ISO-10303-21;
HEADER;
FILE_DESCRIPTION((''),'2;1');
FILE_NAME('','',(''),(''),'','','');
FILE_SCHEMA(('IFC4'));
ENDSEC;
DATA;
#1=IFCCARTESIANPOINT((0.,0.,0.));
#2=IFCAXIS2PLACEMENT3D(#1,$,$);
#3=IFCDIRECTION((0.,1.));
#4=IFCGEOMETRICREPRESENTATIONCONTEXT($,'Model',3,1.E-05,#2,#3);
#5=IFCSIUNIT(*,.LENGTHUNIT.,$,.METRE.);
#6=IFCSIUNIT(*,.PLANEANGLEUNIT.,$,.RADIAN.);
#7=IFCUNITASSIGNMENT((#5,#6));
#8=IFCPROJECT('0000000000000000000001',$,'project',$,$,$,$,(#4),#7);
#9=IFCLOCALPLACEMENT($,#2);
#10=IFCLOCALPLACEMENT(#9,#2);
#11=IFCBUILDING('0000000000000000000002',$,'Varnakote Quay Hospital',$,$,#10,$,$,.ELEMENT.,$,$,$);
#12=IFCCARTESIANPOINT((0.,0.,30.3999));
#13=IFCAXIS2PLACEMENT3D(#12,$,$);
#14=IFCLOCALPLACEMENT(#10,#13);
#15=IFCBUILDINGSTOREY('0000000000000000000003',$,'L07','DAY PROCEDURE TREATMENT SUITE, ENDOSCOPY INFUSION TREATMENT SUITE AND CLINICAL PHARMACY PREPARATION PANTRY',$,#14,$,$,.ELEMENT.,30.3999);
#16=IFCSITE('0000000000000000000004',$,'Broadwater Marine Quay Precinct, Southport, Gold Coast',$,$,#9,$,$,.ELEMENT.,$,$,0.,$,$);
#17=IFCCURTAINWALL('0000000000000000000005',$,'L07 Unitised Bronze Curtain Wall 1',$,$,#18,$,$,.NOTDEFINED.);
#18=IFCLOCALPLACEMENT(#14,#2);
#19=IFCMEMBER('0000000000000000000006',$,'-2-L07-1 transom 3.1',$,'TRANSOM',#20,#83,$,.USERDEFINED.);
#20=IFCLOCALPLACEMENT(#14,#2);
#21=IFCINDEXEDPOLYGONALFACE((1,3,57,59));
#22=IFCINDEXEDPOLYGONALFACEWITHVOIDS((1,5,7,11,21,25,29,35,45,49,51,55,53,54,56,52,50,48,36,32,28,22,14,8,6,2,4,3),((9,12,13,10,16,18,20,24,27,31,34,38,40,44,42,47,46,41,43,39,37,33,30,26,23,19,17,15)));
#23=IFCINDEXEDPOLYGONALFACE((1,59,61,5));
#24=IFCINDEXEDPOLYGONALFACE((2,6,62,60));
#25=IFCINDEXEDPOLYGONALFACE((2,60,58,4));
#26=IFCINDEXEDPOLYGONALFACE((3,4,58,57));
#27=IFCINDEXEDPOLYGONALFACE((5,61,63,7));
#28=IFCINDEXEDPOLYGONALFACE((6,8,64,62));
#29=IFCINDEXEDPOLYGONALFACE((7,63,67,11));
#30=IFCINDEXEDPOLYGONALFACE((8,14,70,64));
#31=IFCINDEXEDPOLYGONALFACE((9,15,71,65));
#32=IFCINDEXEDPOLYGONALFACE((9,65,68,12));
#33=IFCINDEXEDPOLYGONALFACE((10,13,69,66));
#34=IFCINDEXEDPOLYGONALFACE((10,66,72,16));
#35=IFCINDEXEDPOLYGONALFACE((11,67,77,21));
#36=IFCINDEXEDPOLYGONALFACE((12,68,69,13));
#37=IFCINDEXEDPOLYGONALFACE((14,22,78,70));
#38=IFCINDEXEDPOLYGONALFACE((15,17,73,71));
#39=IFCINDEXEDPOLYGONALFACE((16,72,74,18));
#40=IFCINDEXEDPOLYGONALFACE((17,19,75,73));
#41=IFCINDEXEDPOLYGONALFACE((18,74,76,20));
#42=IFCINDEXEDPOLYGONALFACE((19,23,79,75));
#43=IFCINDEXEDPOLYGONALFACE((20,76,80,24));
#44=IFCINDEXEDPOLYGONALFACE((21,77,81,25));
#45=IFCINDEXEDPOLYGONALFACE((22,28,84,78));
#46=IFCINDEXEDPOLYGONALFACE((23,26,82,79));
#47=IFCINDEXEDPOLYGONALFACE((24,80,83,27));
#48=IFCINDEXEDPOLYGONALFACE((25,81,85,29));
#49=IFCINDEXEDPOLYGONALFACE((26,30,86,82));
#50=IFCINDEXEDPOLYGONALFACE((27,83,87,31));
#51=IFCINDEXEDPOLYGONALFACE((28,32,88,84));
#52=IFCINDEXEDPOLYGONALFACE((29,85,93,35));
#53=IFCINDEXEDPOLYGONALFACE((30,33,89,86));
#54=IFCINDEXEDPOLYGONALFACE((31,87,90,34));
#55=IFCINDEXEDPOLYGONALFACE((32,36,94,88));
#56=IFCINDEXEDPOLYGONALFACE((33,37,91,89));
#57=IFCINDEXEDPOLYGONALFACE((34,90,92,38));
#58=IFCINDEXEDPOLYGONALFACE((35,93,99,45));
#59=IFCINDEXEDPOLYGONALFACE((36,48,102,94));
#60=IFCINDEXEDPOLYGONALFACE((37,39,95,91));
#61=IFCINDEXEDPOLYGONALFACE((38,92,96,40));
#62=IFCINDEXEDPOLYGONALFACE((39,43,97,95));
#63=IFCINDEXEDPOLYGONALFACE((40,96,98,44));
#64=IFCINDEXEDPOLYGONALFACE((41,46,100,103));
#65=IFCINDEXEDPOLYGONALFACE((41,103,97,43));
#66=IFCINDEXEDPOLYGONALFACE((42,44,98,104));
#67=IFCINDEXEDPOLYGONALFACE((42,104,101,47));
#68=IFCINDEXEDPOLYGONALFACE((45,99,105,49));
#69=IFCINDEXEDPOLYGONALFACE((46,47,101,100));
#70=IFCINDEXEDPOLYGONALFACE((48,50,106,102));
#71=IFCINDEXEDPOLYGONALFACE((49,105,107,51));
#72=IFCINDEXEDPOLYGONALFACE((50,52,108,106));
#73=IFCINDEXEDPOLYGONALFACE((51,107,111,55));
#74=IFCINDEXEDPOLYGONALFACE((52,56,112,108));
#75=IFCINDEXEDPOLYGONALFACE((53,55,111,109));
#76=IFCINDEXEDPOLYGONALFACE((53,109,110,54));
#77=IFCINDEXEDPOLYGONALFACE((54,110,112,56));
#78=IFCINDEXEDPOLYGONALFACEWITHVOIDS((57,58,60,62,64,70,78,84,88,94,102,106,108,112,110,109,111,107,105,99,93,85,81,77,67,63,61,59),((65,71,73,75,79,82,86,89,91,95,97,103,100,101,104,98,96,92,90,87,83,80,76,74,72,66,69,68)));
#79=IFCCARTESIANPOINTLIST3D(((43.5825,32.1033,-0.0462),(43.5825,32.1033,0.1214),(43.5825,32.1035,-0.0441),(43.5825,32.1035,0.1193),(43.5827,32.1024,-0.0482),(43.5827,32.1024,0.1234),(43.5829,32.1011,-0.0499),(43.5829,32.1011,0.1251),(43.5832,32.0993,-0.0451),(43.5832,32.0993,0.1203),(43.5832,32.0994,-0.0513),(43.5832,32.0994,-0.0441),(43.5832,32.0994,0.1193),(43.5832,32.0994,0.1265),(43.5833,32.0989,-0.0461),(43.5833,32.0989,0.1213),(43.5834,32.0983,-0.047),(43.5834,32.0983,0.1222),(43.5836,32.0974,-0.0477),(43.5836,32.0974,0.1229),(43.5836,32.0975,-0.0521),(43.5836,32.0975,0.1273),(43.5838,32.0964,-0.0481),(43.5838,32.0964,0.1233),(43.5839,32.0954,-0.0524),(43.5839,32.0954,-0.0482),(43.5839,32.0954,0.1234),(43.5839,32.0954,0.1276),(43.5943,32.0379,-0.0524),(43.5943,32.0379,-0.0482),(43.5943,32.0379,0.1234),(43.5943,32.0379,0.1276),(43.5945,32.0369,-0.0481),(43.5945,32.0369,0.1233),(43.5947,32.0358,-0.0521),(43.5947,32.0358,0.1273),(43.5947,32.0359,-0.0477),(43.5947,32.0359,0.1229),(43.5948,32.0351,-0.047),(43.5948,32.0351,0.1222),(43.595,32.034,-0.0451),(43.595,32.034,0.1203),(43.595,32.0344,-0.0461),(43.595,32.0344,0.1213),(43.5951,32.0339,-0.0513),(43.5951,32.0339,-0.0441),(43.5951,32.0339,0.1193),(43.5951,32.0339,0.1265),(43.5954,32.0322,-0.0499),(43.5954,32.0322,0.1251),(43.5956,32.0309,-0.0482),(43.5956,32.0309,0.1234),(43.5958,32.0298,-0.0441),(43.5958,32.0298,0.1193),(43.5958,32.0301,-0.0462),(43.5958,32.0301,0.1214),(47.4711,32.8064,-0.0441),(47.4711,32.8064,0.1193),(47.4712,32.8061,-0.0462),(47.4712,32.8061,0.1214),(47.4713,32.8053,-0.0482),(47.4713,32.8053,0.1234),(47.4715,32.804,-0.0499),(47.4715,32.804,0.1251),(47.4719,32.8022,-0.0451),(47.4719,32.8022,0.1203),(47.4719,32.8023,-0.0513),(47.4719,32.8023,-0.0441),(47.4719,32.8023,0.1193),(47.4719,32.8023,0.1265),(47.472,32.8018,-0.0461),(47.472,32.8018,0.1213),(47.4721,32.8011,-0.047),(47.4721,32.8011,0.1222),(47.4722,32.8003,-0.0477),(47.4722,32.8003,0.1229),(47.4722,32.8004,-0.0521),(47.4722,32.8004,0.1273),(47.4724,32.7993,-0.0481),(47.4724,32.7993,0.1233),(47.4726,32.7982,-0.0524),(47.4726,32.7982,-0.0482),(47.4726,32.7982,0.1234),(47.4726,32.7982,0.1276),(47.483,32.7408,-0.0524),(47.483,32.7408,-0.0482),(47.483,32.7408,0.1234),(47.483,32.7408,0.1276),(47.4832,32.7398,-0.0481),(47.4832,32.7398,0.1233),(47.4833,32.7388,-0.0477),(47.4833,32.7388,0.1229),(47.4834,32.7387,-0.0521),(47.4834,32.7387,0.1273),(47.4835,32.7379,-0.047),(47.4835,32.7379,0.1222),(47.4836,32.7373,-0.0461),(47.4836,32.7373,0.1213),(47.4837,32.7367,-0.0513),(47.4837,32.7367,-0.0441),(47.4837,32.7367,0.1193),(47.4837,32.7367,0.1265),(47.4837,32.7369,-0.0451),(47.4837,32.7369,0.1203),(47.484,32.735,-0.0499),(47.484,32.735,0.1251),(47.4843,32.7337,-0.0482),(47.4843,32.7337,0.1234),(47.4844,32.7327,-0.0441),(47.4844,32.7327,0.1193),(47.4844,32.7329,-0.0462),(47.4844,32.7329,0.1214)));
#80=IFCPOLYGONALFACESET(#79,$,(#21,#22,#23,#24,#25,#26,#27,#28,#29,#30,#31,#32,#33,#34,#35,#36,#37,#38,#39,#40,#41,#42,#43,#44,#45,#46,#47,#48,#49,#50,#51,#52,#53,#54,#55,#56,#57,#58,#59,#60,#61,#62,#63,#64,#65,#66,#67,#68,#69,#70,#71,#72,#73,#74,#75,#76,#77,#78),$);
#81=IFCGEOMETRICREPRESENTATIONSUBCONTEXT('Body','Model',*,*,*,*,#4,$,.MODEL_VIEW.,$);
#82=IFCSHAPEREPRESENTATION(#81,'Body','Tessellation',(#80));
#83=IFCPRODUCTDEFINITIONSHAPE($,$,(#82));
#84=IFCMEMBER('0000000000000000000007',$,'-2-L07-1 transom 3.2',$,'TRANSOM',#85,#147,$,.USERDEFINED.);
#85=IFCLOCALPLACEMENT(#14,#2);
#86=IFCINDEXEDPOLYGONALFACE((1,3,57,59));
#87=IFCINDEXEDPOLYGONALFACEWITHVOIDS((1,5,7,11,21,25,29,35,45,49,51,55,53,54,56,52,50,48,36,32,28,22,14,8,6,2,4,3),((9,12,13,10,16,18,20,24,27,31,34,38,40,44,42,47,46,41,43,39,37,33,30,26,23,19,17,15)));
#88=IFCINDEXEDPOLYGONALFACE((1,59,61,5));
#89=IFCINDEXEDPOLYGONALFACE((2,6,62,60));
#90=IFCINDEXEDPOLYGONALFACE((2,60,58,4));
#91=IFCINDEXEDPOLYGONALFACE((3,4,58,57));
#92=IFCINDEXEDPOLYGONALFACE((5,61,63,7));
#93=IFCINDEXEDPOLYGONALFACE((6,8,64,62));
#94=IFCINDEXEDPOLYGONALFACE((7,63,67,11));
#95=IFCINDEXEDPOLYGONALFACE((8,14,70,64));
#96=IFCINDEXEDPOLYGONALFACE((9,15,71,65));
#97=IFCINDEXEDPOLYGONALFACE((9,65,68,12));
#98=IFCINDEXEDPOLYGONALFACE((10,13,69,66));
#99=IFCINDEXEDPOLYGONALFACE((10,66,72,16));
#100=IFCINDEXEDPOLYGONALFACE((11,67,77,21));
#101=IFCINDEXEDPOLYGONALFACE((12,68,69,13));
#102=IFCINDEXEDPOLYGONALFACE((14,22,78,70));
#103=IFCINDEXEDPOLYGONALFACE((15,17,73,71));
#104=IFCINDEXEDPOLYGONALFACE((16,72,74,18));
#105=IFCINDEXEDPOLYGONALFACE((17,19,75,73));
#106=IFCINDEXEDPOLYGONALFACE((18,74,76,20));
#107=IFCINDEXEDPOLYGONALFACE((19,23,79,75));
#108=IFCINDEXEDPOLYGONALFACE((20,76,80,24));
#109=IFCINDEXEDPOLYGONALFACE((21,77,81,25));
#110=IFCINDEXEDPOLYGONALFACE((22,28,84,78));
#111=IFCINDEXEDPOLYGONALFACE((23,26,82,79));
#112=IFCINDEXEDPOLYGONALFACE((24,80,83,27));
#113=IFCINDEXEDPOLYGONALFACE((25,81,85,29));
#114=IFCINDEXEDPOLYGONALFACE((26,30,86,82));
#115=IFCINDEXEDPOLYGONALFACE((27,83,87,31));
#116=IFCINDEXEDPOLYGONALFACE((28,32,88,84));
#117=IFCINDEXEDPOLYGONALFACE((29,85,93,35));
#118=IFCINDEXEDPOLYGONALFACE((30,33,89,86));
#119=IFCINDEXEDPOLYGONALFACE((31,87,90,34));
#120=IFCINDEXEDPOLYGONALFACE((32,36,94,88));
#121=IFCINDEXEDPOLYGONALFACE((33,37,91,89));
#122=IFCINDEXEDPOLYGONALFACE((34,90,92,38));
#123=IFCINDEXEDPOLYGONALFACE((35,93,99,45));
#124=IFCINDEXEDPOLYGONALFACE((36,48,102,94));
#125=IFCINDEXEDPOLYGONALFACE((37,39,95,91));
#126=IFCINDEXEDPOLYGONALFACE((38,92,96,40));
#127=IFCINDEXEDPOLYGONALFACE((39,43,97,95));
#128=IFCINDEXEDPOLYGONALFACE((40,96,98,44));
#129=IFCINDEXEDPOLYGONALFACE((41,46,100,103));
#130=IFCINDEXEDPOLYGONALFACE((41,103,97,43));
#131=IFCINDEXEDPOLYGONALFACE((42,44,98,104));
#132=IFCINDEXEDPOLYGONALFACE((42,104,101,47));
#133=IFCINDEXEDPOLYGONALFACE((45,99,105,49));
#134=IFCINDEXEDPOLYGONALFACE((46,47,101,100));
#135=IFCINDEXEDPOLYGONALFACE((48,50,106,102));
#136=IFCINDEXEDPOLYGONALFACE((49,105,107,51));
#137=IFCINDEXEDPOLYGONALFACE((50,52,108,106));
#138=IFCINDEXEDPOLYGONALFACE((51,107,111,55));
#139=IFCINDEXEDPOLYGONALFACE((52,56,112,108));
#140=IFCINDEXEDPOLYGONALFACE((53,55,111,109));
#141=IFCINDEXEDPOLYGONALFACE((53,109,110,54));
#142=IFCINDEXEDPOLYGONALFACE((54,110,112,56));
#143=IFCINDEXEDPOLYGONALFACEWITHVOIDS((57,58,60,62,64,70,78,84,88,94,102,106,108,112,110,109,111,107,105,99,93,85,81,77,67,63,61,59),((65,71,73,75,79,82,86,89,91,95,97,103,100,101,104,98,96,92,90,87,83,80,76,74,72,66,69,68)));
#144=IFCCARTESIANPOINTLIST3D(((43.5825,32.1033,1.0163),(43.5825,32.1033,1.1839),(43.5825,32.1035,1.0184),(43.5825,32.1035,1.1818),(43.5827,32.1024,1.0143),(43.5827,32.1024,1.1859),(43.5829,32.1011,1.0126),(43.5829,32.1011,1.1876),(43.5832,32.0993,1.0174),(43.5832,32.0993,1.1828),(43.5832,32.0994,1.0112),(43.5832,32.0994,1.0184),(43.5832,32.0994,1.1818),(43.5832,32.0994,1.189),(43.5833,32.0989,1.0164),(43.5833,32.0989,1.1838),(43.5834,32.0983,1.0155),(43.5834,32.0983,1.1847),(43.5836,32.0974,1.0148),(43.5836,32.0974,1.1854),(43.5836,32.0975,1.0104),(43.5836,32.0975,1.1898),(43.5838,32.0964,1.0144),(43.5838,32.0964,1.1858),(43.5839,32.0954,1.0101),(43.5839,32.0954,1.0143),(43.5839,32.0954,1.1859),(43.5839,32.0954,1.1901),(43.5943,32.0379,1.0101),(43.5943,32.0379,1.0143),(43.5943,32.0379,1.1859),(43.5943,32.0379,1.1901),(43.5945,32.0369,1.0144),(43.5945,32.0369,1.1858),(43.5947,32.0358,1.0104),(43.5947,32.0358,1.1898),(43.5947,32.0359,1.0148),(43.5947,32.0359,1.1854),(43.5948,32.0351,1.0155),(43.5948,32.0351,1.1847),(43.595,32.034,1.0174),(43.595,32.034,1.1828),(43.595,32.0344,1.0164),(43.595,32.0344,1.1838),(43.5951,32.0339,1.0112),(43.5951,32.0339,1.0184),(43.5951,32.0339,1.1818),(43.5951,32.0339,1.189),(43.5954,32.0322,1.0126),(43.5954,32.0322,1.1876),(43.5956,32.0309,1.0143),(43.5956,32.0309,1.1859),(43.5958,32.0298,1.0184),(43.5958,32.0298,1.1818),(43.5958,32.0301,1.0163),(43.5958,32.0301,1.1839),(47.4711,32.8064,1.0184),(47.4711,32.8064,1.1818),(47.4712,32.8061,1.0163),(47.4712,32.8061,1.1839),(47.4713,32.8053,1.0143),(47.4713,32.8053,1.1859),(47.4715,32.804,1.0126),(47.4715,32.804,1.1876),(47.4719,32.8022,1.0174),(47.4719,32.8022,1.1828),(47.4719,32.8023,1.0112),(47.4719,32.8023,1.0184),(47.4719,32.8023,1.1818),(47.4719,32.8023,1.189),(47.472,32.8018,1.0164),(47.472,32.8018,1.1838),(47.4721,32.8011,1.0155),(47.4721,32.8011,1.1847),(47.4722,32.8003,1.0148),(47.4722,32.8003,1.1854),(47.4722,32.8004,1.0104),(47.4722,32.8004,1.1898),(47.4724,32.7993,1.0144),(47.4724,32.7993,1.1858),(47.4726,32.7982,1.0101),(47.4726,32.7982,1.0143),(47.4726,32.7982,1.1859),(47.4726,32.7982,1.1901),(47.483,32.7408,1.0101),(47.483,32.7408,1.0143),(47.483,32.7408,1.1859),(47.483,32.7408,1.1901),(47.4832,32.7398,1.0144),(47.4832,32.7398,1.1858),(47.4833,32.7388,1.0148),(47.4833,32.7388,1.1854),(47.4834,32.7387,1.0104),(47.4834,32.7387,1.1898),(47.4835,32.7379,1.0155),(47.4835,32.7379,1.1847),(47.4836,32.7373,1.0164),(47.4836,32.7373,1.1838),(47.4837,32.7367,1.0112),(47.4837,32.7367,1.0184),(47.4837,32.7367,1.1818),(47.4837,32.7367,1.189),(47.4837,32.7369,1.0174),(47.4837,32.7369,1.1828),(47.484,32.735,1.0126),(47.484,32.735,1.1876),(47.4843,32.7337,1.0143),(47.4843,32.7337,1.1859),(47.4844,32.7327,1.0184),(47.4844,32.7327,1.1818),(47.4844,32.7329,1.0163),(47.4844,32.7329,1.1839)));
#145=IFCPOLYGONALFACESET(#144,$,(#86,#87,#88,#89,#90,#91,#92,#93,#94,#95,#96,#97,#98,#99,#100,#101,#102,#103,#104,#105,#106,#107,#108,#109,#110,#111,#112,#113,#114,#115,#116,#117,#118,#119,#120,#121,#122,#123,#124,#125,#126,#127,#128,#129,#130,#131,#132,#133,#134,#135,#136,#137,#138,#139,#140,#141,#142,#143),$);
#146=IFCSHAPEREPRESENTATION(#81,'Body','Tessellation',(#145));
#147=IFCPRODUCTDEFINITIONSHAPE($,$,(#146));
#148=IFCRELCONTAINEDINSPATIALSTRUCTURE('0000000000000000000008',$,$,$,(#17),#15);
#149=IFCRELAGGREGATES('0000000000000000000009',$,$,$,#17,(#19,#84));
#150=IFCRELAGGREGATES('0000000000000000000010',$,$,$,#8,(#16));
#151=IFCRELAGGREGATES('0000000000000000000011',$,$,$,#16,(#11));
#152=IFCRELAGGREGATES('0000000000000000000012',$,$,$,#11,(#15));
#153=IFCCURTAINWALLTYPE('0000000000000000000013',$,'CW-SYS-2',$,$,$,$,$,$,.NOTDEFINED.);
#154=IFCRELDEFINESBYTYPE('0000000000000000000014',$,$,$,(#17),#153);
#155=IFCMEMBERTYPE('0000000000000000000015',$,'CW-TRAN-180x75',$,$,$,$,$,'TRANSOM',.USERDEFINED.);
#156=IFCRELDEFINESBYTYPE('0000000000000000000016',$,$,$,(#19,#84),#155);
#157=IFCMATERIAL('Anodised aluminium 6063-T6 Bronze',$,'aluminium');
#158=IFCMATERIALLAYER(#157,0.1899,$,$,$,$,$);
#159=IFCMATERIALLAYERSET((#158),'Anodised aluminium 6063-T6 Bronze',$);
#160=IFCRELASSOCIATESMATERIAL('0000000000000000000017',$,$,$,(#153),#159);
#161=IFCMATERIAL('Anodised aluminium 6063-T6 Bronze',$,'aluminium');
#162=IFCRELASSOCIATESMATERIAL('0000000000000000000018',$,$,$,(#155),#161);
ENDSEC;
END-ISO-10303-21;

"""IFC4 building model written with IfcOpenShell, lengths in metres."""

from ifc_helpers import new_model, si_unit, direction, frame, origin, origin_2d, place, context, subcontext, project, spatial, hollow_rectangle, extrude, material, layer, layer_set, material_profile, profile_set, type_object, element, aggregate, save


model = new_model("IFC4")

# Units and contexts
model_context = context("Model", 3, precision=1e-05, world=origin(), true_north=direction((0.0, 1.0)))
body_context = subcontext(model_context, "Body", "Model", "MODEL_VIEW")
ifc_project = project(units=[si_unit("LENGTHUNIT", "METRE"), si_unit("PLANEANGLEUNIT", "RADIAN")], contexts=[model_context])

# Site, building, storey
site_placement = place(None, origin())
site = spatial("IfcSite", under=ifc_project, at=site_placement, Name="Broadwater Marine Quay Precinct, Southport, Gold Coast", CompositionType="ELEMENT", RefElevation=0.0)
building_placement = place(site_placement, origin())
building = spatial("IfcBuilding", under=site, at=building_placement, Name="Varnakote Quay Hospital", CompositionType="ELEMENT")
storey_placement = place(building_placement, frame((0.0, 0.0, 30.3999)))
storey = spatial("IfcBuildingStorey", under=building, at=storey_placement, Name="L07", Description="DAY PROCEDURE TREATMENT SUITE, ENDOSCOPY INFUSION TREATMENT SUITE AND CLINICAL PHARMACY PREPARATION PANTRY", CompositionType="ELEMENT", Elevation=30.3999)

# Curtain wall, members
ifc_material_1 = material(Name="Anodised aluminium 6063-T6 Bronze", Category="aluminium")
ifc_layer_1 = layer(ifc_material_1, 0.1899)
ifc_layer_set_1 = layer_set([ifc_layer_1], Name="Anodised aluminium 6063-T6 Bronze")
curtain_wall_type = type_object("IfcCurtainWallType", Name="CW-SYS-2", PredefinedType="NOTDEFINED", material=ifc_layer_set_1)
curtain_wall_placement = place(storey_placement, origin())
curtain_wall = element("IfcCurtainWall", 1, at=curtain_wall_placement, inside=storey, type_object=curtain_wall_type, Name="L07 Unitised Bronze Curtain Wall 1", PredefinedType="NOTDEFINED")
ifc_material_2 = material(Name="Anodised aluminium 6063-T6 Bronze", Category="aluminium")
ifc_material_profile_1 = material_profile(ifc_material_2, hollow_rectangle(XDim=0.075, YDim=0.1799, WallThickness=0.0042, InnerFilletRadius=0.0042, OuterFilletRadius=0.0083, at=origin_2d()), Name="CW-TRAN-180x75")
ifc_profile_set_1 = profile_set([ifc_material_profile_1], Name="Anodised aluminium 6063-T6 Bronze")
member_type_1 = type_object("IfcMemberType", Name="CW-TRAN-180x75", ElementType="TRANSOM", PredefinedType="USERDEFINED", material=ifc_profile_set_1)
member_1_placement = place(storey_placement, frame((47.4778, 32.7695, 0.0376), z_axis=(-0.984054, -0.177869, 0.0), x_axis=(0.177869, -0.984054, 0.0)))
member_1 = element("IfcMember", 2, at=member_1_placement, type_object=member_type_1, Name="-2-L07-1 transom 3.1", ObjectType="TRANSOM", PredefinedType="USERDEFINED", context=body_context, shape_type="SweptSolid", body=[
    extrude(hollow_rectangle(XDim=0.075, YDim=0.1799, WallThickness=0.0042, InnerFilletRadius=0.0042, OuterFilletRadius=0.0083, at=origin_2d()), origin(), (0.0, 0.0, 1.0), 3.9517),
])
member_2_placement = place(storey_placement, frame((47.4778, 32.7695, 1.1001), z_axis=(-0.984054, -0.177869, 0.0), x_axis=(0.177869, -0.984054, 0.0)))
member_2 = element("IfcMember", 3, at=member_2_placement, type_object=member_type_1, Name="-2-L07-1 transom 3.2", ObjectType="TRANSOM", PredefinedType="USERDEFINED", context=body_context, shape_type="SweptSolid", body=[
    extrude(hollow_rectangle(XDim=0.075, YDim=0.1799, WallThickness=0.0042, InnerFilletRadius=0.0042, OuterFilletRadius=0.0083, at=origin_2d()), origin(), (0.0, 0.0, 1.0), 3.9517),
])

aggregate(curtain_wall, [member_1, member_2])

save(model, "model.ifc")
